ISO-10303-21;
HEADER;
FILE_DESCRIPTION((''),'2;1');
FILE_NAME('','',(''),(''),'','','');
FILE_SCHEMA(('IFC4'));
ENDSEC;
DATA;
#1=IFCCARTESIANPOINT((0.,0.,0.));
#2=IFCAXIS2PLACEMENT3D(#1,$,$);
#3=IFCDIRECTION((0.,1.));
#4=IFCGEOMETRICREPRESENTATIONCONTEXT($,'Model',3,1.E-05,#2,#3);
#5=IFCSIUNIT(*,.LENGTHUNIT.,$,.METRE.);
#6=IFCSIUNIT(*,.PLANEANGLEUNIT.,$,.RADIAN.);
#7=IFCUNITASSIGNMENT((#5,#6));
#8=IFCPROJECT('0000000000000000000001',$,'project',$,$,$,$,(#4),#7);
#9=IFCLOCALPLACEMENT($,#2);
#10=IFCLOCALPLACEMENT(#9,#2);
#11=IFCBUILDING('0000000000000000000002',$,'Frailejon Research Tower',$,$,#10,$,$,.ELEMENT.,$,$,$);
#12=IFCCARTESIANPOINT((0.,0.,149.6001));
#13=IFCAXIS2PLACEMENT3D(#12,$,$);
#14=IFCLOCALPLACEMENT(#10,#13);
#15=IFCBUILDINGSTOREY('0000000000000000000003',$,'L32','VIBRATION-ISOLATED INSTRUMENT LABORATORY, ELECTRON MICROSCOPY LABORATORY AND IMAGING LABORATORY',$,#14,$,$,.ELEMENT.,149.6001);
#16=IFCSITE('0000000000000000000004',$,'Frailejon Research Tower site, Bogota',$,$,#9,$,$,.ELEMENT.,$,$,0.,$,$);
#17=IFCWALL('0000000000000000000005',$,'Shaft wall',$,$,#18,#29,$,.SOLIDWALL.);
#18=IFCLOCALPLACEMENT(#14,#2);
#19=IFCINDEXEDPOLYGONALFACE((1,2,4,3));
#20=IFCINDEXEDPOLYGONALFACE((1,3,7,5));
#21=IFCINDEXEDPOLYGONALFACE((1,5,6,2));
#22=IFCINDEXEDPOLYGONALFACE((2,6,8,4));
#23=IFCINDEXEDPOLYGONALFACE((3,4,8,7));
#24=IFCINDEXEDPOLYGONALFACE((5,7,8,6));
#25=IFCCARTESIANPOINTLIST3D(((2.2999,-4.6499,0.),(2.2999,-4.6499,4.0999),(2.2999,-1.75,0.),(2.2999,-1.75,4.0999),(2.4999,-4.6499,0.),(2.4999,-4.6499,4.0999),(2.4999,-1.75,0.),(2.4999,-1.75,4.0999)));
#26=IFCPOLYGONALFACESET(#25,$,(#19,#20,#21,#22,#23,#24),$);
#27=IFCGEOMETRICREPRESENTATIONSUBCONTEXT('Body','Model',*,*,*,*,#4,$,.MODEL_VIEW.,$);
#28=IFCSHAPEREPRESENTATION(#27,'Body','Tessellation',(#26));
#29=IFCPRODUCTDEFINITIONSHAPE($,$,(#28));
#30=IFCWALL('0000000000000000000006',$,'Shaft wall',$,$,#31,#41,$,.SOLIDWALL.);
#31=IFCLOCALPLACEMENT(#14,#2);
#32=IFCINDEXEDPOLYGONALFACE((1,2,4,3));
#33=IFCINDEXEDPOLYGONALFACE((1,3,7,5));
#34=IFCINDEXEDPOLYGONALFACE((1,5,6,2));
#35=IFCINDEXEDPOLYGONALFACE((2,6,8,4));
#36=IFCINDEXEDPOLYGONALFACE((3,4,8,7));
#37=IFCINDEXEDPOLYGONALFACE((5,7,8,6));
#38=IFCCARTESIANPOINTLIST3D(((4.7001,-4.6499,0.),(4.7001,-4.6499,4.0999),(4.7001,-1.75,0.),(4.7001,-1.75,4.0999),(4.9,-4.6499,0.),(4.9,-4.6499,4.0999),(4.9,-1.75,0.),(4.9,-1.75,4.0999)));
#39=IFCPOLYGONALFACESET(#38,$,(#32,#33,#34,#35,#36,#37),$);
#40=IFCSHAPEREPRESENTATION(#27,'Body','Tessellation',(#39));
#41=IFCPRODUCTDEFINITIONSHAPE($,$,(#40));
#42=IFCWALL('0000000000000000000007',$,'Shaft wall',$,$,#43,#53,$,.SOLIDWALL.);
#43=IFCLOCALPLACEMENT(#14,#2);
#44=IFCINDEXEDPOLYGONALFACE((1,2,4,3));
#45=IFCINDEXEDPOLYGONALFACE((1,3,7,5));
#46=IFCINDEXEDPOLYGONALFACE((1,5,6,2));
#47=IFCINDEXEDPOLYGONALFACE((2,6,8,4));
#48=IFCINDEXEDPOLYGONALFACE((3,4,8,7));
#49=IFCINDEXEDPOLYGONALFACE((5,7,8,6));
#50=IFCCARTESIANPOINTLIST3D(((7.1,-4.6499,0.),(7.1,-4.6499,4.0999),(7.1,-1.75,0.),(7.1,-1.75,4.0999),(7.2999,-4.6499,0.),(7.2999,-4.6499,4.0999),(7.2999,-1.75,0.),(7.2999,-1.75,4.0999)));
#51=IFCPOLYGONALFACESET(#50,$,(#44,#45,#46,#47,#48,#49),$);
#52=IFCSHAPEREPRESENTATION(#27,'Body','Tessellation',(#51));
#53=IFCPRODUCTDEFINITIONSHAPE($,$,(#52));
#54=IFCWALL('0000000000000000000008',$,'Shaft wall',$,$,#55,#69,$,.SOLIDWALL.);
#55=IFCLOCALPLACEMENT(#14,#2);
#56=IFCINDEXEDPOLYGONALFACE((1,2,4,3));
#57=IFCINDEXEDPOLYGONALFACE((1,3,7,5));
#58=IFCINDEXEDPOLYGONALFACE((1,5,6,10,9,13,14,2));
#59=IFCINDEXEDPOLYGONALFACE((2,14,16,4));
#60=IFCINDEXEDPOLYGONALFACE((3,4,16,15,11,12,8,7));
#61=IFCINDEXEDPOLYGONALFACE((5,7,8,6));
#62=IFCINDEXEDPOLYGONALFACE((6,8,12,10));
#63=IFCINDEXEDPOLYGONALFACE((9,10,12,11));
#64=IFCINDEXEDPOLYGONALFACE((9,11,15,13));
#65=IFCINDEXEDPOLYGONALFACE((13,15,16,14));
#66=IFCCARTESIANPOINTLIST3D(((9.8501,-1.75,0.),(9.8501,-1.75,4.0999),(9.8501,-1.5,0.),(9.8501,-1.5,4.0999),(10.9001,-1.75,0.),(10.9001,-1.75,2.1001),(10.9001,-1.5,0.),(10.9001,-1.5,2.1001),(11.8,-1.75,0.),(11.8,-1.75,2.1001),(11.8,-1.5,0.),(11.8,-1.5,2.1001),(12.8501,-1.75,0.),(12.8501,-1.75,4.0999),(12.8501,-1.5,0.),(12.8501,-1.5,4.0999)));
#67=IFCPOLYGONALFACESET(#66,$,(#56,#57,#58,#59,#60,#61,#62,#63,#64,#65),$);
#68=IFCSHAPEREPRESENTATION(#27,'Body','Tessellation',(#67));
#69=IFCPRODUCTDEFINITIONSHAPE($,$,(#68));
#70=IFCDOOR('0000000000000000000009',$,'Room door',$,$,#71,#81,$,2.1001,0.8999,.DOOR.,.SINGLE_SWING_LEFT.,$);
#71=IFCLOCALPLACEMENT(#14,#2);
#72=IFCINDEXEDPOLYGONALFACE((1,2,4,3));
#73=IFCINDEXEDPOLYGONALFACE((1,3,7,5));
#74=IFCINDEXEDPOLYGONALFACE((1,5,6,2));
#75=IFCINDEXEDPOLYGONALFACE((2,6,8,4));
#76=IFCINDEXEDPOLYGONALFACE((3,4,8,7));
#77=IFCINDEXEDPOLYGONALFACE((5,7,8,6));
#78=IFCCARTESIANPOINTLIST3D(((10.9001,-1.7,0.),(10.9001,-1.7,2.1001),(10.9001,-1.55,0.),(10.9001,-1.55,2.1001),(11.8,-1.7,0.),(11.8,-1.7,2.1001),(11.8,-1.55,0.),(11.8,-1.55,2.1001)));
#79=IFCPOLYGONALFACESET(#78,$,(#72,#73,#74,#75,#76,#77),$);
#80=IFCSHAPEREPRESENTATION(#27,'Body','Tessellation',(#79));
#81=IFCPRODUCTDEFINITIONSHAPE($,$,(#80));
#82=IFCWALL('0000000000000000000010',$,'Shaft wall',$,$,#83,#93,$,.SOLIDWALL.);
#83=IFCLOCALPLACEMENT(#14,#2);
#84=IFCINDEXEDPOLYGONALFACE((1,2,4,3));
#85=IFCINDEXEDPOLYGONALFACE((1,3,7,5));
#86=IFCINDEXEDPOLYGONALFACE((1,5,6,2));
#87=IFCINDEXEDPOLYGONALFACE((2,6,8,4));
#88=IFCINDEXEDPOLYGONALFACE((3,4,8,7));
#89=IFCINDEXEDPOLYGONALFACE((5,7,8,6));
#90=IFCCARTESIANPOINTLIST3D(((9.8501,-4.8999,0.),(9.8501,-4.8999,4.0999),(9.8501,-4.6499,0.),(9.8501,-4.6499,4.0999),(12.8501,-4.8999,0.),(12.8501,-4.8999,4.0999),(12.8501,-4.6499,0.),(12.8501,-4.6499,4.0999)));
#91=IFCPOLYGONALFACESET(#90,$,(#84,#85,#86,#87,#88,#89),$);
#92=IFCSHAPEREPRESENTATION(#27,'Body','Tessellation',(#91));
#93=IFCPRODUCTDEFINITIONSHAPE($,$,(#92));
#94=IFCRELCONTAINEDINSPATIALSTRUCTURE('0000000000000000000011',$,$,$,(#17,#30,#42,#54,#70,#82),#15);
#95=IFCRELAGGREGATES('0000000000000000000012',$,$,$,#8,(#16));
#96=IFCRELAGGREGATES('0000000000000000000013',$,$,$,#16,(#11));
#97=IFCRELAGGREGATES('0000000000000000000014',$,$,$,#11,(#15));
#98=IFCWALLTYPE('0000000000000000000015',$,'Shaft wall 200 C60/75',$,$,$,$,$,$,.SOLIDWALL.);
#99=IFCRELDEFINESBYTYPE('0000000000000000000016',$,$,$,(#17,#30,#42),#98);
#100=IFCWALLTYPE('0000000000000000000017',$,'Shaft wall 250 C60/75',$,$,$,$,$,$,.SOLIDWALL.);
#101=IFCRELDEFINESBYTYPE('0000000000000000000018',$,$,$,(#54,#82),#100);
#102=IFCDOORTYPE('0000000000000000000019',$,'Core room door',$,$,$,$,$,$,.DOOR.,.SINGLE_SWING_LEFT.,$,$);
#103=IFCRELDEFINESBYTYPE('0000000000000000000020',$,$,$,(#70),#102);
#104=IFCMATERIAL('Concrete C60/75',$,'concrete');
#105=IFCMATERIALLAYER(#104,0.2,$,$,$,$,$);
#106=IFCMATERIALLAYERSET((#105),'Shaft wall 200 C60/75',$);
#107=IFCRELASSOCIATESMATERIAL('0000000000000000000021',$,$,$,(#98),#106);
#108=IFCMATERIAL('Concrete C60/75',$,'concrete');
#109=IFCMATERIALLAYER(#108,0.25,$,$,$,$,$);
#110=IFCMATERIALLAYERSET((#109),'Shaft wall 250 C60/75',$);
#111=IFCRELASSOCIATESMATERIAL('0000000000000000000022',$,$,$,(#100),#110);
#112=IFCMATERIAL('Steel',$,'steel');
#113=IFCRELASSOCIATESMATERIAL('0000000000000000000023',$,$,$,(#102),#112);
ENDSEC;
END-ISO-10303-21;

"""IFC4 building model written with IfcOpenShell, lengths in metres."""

from ifc_helpers import new_model, si_unit, direction, frame, frame_2d, origin, place, context, subcontext, project, spatial, rectangle, extrude, material, layer, layer_set, type_object, element, fill, save


model = new_model("IFC4")

# Units and contexts
model_context = context("Model", 3, precision=1e-05, world=origin(), true_north=direction((0.0, 1.0)))
body_context = subcontext(model_context, "Body", "Model", "MODEL_VIEW")
ifc_project = project(units=[si_unit("LENGTHUNIT", "METRE"), si_unit("PLANEANGLEUNIT", "RADIAN")], contexts=[model_context])

# Site, building, storey
site_placement = place(None, origin())
site = spatial("IfcSite", under=ifc_project, at=site_placement, Name="Frailejon Research Tower site, Bogota", CompositionType="ELEMENT", RefElevation=0.0)
building_placement = place(site_placement, origin())
building = spatial("IfcBuilding", under=site, at=building_placement, Name="Frailejon Research Tower", CompositionType="ELEMENT")
storey_placement = place(building_placement, frame((0.0, 0.0, 149.6001)))
storey = spatial("IfcBuildingStorey", under=building, at=storey_placement, Name="L32", Description="VIBRATION-ISOLATED INSTRUMENT LABORATORY, ELECTRON MICROSCOPY LABORATORY AND IMAGING LABORATORY", CompositionType="ELEMENT", Elevation=149.6001)

# Walls
ifc_material_1 = material(Name="Concrete C60/75", Category="concrete")
ifc_layer_1 = layer(ifc_material_1, 0.2)
ifc_layer_set_1 = layer_set([ifc_layer_1], Name="Shaft wall 200 C60/75")
wall_type_1 = type_object("IfcWallType", Name="Shaft wall 200 C60/75", PredefinedType="SOLIDWALL", material=ifc_layer_set_1)
for number, where, z_axis, x_axis, name in (
    (1, (2.3999, -4.6499, 0.0), (0.0, 0.0, 1.0), (0.0, 1.0, 0.0), "Shaft wall"),
    (2, (4.8, -4.6499, 0.0), (0.0, 0.0, 1.0), (0.0, 1.0, 0.0), "Shaft wall"),
    (3, (7.2, -4.6499, 0.0), (0.0, 0.0, 1.0), (0.0, 1.0, 0.0), "Shaft wall"),
):
    element("IfcWall", number, at=place(storey_placement, frame(where, z_axis=z_axis, x_axis=x_axis)), inside=storey, type_object=wall_type_1, Name=name, PredefinedType="SOLIDWALL", context=body_context, shape_type="SweptSolid", body=[
        extrude(rectangle(XDim=2.8999, YDim=0.2, at=frame_2d((1.45, 0.0))), origin(), (0.0, 0.0, 1.0), 4.0999),
    ])

# Wall, opening, door
ifc_material_2 = material(Name="Concrete C60/75", Category="concrete")
ifc_layer_2 = layer(ifc_material_2, 0.25)
ifc_layer_set_2 = layer_set([ifc_layer_2], Name="Shaft wall 250 C60/75")
wall_type_2 = type_object("IfcWallType", Name="Shaft wall 250 C60/75", PredefinedType="SOLIDWALL", material=ifc_layer_set_2)
wall_1_placement = place(storey_placement, frame((9.8501, -1.625, 0.0), z_axis=(0.0, 0.0, 1.0), x_axis=(1.0, 0.0, 0.0)))
wall_1 = element("IfcWall", 4, at=wall_1_placement, inside=storey, type_object=wall_type_2, Name="Shaft wall", PredefinedType="SOLIDWALL", context=body_context, shape_type="SweptSolid", body=[
    extrude(rectangle(XDim=3.0, YDim=0.25, at=frame_2d((1.5, 0.0))), origin(), (0.0, 0.0, 1.0), 4.0999),
])
opening_1_placement = place(wall_1_placement, frame((1.05, 0.0, 0.0)))
opening_1 = element("IfcOpeningElement", 5, at=opening_1_placement, cuts=wall_1, PredefinedType="OPENING", context=body_context, shape_type="SweptSolid", body=[
    extrude(rectangle(XDim=0.8999, YDim=2.1001, at=frame_2d((0.45, 1.05))), frame((0.0, 0.135, 0.0), z_axis=(0.0, -1.0, 0.0), x_axis=(1.0, 0.0, 0.0)), (0.0, 0.0, 1.0), 0.27),
])
ifc_material_3 = material(Name="Steel", Category="steel")
door_type_1 = type_object("IfcDoorType", Name="Core room door", OperationType="SINGLE_SWING_LEFT", PredefinedType="DOOR", material=ifc_material_3)
door_1_placement = place(opening_1_placement, origin())
door_1 = element("IfcDoor", 6, at=door_1_placement, inside=storey, type_object=door_type_1, Name="Room door", OperationType="SINGLE_SWING_LEFT", OverallHeight=2.1001, OverallWidth=0.8999, PredefinedType="DOOR", context=body_context, shape_type="SweptSolid", body=[
    extrude(rectangle(XDim=0.8999, YDim=2.1001, at=frame_2d((0.45, 1.05))), frame((0.0, 0.075, 0.0), z_axis=(0.0, -1.0, 0.0), x_axis=(1.0, 0.0, 0.0)), (0.0, 0.0, 1.0), 0.1499),
])
fill(opening_1, door_1)

# Wall
wall_2_placement = place(storey_placement, frame((9.8501, -4.7749, 0.0), z_axis=(0.0, 0.0, 1.0), x_axis=(1.0, 0.0, 0.0)))
element("IfcWall", 7, at=wall_2_placement, inside=storey, type_object=wall_type_2, Name="Shaft wall", PredefinedType="SOLIDWALL", context=body_context, shape_type="SweptSolid", body=[
    extrude(rectangle(XDim=3.0, YDim=0.25, at=frame_2d((1.5, 0.0))), origin(), (0.0, 0.0, 1.0), 4.0999),
])

save(model, "model.ifc")
